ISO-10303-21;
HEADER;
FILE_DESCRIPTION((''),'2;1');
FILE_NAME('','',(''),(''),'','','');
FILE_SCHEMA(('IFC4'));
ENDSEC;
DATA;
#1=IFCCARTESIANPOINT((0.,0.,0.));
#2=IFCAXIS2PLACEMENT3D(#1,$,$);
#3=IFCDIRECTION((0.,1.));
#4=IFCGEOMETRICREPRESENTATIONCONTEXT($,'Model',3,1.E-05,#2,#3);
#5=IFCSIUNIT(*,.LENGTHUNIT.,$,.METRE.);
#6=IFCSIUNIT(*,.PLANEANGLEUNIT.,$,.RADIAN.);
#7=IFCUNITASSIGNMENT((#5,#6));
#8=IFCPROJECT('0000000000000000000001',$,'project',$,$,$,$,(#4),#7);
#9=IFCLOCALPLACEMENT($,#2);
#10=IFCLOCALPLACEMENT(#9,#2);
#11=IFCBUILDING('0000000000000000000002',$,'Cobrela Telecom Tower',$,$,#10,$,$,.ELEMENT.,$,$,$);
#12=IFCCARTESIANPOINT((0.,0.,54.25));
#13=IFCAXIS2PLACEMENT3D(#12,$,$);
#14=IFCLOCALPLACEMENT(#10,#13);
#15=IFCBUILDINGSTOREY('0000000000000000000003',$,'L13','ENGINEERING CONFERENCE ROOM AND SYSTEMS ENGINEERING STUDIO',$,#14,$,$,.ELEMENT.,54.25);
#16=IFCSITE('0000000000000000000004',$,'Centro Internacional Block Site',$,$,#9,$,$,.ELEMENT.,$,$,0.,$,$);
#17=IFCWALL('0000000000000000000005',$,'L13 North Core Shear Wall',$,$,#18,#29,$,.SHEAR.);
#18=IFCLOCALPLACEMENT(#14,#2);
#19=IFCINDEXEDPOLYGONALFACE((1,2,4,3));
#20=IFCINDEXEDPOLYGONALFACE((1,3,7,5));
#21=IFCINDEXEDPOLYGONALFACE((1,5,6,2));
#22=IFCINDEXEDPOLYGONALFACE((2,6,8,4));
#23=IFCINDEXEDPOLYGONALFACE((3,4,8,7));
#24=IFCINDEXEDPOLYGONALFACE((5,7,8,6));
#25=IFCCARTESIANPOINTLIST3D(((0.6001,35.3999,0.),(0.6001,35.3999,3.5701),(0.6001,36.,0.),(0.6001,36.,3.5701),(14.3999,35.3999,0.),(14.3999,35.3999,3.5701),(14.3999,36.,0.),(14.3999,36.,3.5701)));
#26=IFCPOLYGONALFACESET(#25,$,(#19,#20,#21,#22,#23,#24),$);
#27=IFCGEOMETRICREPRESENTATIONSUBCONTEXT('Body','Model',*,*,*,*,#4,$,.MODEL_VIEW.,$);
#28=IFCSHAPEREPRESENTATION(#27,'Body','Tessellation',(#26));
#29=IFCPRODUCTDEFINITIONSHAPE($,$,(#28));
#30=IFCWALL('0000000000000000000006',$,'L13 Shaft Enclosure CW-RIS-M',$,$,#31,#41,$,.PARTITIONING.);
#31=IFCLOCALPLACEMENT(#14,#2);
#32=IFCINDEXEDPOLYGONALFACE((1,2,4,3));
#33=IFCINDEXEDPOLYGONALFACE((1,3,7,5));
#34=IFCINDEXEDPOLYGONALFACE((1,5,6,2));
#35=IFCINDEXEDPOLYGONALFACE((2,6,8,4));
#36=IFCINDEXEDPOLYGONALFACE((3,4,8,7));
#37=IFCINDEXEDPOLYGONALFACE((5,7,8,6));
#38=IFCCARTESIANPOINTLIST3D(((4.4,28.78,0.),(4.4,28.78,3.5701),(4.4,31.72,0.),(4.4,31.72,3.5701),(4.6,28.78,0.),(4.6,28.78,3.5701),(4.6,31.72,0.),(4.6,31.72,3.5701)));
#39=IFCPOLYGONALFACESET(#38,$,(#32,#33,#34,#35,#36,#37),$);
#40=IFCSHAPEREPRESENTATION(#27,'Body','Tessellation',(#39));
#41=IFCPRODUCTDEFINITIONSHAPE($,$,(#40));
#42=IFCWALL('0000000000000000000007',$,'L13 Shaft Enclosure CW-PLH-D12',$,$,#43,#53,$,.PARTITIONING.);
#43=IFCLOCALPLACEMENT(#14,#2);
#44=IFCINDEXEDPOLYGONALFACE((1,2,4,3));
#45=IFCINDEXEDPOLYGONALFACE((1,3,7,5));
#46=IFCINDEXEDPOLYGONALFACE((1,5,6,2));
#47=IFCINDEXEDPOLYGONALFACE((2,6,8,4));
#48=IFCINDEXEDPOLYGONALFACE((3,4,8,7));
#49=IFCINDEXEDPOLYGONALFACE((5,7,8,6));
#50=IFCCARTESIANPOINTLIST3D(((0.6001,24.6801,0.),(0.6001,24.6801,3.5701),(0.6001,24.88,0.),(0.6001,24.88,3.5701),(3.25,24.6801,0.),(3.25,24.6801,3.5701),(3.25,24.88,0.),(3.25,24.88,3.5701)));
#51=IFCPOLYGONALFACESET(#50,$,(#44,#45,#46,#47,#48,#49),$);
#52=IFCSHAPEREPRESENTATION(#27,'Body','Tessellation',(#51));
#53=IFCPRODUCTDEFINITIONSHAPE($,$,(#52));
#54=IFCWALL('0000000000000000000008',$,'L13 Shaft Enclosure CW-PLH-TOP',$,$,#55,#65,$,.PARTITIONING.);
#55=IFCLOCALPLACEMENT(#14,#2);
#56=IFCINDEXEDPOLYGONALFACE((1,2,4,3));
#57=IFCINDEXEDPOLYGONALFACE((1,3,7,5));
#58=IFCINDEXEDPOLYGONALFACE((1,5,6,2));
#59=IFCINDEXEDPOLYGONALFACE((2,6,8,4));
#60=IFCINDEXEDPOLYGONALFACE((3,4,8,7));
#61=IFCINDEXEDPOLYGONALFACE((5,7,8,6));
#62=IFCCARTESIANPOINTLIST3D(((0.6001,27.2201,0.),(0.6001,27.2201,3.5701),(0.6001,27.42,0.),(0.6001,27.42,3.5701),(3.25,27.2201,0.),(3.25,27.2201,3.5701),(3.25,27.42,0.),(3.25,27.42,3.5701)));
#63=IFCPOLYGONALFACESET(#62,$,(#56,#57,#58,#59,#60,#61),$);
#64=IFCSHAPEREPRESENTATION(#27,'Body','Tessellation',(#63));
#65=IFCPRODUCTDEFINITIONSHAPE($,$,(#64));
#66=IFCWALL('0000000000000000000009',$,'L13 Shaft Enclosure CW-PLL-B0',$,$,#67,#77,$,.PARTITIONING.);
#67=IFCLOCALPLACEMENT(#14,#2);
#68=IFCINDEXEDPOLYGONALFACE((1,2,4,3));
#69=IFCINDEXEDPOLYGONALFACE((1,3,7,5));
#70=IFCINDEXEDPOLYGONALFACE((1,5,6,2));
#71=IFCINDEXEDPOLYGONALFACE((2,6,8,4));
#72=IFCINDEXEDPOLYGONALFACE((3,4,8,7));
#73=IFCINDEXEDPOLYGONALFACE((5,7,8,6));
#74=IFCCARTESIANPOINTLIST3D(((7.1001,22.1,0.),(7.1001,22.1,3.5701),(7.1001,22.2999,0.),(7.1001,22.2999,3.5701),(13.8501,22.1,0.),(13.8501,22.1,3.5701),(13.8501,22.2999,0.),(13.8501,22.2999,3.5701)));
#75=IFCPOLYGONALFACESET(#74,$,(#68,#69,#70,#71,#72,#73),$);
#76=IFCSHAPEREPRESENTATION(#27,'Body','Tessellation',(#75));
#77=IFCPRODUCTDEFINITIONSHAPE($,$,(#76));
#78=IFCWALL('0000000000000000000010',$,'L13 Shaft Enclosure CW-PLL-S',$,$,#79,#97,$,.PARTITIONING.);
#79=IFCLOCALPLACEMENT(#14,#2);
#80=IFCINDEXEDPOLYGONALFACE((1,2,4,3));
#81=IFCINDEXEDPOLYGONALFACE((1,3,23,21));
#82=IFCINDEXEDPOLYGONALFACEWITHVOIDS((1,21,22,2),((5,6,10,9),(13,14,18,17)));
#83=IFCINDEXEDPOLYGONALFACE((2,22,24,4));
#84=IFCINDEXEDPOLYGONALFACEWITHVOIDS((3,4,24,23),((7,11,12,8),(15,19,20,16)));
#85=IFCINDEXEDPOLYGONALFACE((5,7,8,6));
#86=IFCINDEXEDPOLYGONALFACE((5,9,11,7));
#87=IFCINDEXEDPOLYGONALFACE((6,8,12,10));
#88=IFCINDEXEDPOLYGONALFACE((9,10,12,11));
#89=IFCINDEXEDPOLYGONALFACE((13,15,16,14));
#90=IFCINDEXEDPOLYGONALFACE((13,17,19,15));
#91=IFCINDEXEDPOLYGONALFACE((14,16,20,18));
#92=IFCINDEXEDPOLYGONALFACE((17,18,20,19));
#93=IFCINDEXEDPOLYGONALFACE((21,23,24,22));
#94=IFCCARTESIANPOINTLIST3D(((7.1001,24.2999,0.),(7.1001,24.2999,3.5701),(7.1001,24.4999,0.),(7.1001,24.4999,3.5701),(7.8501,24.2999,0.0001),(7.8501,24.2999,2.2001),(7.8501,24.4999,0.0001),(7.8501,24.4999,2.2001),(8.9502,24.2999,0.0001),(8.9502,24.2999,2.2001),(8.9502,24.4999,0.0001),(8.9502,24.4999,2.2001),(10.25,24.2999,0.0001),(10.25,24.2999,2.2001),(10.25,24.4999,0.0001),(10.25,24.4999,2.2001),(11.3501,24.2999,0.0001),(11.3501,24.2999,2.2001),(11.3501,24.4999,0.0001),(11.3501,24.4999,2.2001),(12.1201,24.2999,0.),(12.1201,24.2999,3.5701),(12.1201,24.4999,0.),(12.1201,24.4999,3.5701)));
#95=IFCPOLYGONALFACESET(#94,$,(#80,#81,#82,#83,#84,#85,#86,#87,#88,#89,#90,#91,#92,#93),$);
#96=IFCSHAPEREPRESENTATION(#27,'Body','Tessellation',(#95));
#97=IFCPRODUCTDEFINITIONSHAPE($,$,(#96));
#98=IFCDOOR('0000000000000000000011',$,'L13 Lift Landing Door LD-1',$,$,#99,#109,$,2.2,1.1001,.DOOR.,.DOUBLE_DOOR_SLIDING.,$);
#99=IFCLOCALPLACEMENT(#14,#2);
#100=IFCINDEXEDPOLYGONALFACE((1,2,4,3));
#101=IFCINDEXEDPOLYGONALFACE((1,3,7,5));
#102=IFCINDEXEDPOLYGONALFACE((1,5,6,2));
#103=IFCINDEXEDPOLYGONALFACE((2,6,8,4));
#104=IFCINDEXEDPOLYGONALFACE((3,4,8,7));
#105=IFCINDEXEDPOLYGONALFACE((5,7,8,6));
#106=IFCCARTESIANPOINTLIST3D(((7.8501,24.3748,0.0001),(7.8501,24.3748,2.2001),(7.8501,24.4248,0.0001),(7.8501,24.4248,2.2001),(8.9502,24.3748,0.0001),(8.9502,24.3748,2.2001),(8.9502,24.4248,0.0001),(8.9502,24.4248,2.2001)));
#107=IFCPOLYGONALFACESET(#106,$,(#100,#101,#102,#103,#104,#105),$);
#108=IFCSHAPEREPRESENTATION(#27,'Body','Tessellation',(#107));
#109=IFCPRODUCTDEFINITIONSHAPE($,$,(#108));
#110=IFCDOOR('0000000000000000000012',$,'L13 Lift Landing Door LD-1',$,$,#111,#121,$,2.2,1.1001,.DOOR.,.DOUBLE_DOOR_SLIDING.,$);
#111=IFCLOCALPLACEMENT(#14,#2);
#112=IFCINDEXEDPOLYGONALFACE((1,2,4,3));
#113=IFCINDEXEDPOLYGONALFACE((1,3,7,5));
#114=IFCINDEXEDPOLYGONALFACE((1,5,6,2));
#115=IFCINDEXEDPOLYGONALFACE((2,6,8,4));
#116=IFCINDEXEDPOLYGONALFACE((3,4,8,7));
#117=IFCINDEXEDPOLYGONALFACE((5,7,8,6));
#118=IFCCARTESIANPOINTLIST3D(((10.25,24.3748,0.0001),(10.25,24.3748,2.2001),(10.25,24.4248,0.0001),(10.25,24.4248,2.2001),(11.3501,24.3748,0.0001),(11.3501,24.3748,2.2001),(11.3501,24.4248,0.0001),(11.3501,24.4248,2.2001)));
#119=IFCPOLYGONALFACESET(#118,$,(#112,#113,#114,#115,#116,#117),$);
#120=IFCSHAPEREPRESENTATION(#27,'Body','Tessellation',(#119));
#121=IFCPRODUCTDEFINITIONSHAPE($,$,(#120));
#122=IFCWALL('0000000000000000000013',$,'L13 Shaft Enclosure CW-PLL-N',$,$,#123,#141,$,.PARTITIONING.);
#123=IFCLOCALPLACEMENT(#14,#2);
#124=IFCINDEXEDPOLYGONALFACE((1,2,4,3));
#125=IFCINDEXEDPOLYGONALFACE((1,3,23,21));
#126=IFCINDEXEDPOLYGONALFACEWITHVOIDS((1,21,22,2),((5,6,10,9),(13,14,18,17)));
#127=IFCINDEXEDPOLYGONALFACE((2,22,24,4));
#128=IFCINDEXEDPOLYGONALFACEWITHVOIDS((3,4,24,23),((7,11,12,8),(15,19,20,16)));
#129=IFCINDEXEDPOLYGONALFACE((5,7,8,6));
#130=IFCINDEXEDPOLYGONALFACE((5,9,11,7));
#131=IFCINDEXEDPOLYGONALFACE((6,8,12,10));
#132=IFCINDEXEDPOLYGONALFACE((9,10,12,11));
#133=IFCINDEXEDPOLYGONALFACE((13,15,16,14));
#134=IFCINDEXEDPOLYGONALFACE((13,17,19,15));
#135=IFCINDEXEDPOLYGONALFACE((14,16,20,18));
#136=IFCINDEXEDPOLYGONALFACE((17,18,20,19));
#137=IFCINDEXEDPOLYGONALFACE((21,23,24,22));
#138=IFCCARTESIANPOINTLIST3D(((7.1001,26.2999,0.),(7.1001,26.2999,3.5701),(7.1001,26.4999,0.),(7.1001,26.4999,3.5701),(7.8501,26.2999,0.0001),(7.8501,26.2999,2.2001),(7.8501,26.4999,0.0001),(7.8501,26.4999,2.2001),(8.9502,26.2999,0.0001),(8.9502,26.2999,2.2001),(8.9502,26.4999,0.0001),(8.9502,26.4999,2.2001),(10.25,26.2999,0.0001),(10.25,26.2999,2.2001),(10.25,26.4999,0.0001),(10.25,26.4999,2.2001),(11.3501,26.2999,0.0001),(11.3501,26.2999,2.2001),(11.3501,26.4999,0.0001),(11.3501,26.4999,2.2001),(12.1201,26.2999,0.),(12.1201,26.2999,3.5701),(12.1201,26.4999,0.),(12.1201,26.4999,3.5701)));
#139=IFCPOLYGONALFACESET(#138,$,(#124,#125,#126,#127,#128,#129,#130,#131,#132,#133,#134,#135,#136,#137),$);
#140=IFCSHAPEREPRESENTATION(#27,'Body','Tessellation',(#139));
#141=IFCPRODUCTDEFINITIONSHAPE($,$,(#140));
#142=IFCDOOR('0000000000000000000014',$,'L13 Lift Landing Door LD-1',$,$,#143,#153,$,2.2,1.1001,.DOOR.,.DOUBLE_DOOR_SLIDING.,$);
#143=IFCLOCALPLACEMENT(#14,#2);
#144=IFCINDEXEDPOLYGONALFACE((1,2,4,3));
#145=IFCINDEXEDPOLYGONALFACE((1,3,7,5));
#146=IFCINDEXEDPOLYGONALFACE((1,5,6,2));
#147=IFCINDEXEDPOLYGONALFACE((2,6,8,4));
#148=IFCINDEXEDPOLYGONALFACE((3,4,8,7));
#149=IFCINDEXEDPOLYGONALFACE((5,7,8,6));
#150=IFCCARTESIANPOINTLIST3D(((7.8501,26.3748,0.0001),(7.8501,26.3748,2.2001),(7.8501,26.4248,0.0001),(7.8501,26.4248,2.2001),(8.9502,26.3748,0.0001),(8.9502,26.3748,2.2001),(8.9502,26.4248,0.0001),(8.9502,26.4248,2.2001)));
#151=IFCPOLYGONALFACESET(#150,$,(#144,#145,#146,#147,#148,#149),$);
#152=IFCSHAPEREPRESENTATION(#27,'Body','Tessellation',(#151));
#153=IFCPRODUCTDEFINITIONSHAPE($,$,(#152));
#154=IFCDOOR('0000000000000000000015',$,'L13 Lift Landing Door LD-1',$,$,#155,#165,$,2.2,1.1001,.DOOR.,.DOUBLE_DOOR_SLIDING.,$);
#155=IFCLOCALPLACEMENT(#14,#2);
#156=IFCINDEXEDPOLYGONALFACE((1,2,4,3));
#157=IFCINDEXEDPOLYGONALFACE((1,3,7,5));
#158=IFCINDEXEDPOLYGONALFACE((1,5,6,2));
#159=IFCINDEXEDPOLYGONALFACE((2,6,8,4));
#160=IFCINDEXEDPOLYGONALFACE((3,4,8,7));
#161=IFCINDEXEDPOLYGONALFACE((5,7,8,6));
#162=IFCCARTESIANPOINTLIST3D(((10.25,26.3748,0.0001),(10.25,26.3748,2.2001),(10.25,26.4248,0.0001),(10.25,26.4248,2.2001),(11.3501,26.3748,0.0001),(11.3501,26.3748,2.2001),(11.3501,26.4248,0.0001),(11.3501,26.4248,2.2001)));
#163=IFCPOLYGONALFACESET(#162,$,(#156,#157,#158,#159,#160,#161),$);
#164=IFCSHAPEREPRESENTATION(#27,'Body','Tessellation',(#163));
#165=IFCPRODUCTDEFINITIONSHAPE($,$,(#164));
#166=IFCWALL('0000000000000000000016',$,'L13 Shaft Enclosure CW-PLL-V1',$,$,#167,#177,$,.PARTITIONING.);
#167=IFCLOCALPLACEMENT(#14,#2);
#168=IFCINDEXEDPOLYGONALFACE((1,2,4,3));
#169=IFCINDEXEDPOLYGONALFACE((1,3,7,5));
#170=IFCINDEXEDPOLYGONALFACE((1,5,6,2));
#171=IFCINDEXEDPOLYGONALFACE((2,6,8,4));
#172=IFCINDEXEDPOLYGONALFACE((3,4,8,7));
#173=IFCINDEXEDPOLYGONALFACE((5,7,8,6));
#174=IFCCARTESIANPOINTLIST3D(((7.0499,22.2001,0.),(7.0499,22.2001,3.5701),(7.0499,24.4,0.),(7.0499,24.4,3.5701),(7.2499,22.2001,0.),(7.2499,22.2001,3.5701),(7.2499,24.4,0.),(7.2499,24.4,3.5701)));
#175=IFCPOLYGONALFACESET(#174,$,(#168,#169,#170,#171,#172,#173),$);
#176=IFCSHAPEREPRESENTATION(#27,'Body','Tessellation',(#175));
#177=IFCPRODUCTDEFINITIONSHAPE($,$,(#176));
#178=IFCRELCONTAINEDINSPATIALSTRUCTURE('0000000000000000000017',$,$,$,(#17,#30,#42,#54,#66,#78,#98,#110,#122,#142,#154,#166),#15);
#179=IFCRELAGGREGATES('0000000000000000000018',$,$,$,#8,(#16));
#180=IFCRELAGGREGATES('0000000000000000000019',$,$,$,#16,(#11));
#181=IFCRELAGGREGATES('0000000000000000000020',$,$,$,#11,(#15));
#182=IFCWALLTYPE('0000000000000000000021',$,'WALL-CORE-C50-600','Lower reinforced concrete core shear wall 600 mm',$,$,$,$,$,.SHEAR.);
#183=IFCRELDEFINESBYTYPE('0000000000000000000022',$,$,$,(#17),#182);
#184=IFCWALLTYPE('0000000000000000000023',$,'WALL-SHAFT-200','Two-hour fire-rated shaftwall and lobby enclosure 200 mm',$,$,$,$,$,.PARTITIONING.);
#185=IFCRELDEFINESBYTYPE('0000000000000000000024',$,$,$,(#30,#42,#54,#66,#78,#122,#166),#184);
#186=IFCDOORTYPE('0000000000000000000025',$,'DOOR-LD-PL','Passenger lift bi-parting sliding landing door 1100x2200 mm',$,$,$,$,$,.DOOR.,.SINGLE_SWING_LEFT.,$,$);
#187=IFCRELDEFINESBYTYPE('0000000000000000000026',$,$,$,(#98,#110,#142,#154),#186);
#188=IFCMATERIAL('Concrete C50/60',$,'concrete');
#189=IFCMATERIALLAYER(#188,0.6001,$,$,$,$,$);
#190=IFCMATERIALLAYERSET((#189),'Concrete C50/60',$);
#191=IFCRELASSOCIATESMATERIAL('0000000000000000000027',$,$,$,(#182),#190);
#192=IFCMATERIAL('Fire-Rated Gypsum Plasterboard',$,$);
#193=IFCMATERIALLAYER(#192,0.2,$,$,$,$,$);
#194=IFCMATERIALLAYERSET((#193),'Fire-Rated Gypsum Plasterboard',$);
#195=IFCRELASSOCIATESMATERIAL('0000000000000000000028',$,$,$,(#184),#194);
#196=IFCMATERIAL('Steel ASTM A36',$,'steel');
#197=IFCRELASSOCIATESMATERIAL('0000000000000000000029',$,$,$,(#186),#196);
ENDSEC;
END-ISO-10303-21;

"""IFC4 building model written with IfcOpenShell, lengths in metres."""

from ifc_helpers import new_model, si_unit, direction, frame, frame_2d, origin, place, context, subcontext, project, spatial, rectangle, extrude, material, layer, layer_set, type_object, element, fill, save


model = new_model("IFC4")

# Units and contexts
model_context = context("Model", 3, precision=1e-05, world=origin(), true_north=direction((0.0, 1.0)))
body_context = subcontext(model_context, "Body", "Model", "MODEL_VIEW")
ifc_project = project(units=[si_unit("LENGTHUNIT", "METRE"), si_unit("PLANEANGLEUNIT", "RADIAN")], contexts=[model_context])

# Site, building, storey
site_placement = place(None, origin())
site = spatial("IfcSite", under=ifc_project, at=site_placement, Name="Centro Internacional Block Site", CompositionType="ELEMENT", RefElevation=0.0)
building_placement = place(site_placement, origin())
building = spatial("IfcBuilding", under=site, at=building_placement, Name="Cobrela Telecom Tower", CompositionType="ELEMENT")
storey_placement = place(building_placement, frame((0.0, 0.0, 54.25)))
storey = spatial("IfcBuildingStorey", under=building, at=storey_placement, Name="L13", Description="ENGINEERING CONFERENCE ROOM AND SYSTEMS ENGINEERING STUDIO", CompositionType="ELEMENT", Elevation=54.25)

# Wall
ifc_material_1 = material(Name="Concrete C50/60", Category="concrete")
ifc_layer_1 = layer(ifc_material_1, 0.6001)
ifc_layer_set_1 = layer_set([ifc_layer_1], Name="Concrete C50/60")
wall_type_1 = type_object("IfcWallType", Name="WALL-CORE-C50-600", Description="Lower reinforced concrete core shear wall 600 mm", PredefinedType="SHEAR", material=ifc_layer_set_1)
wall_1_placement = place(storey_placement, frame((0.6001, 35.7, 0.0), z_axis=(0.0, 0.0, 1.0), x_axis=(1.0, 0.0, 0.0)))
element("IfcWall", 1, at=wall_1_placement, inside=storey, type_object=wall_type_1, Name="L13 North Core Shear Wall", PredefinedType="SHEAR", context=body_context, shape_type="SweptSolid", body=[
    extrude(rectangle(XDim=13.7998, YDim=0.6001, at=frame_2d((6.8999, 0.0))), origin(), (0.0, 0.0, 1.0), 3.5701),
])

# Shared definitions
ifc_material_2 = material(Name="Fire-Rated Gypsum Plasterboard")
ifc_layer_2 = layer(ifc_material_2, 0.2)
ifc_layer_set_2 = layer_set([ifc_layer_2], Name="Fire-Rated Gypsum Plasterboard")
wall_type_2 = type_object("IfcWallType", Name="WALL-SHAFT-200", Description="Two-hour fire-rated shaftwall and lobby enclosure 200 mm", PredefinedType="PARTITIONING", material=ifc_layer_set_2)
ifc_material_3 = material(Name="Steel ASTM A36", Category="steel")

# Walls
wall_2_placement = place(storey_placement, frame((4.5, 28.78, 0.0), z_axis=(0.0, 0.0, 1.0), x_axis=(0.0, 1.0, 0.0)))
element("IfcWall", 2, at=wall_2_placement, inside=storey, type_object=wall_type_2, Name="L13 Shaft Enclosure CW-RIS-M", PredefinedType="PARTITIONING", context=body_context, shape_type="SweptSolid", body=[
    extrude(rectangle(XDim=2.9399, YDim=0.2, at=frame_2d((1.47, 0.0))), origin(), (0.0, 0.0, 1.0), 3.5701),
])
for number, where, z_axis, x_axis, name in (
    (3, (0.6001, 24.78, 0.0), (0.0, 0.0, 1.0), (1.0, 0.0, 0.0), "L13 Shaft Enclosure CW-PLH-D12"),
    (4, (0.6001, 27.3201, 0.0), (0.0, 0.0, 1.0), (1.0, 0.0, 0.0), "L13 Shaft Enclosure CW-PLH-TOP"),
):
    element("IfcWall", number, at=place(storey_placement, frame(where, z_axis=z_axis, x_axis=x_axis)), inside=storey, type_object=wall_type_2, Name=name, PredefinedType="PARTITIONING", context=body_context, shape_type="SweptSolid", body=[
        extrude(rectangle(XDim=2.6499, YDim=0.2, at=frame_2d((1.325, 0.0))), origin(), (0.0, 0.0, 1.0), 3.5701),
    ])
wall_3_placement = place(storey_placement, frame((7.1001, 22.2, 0.0), z_axis=(0.0, 0.0, 1.0), x_axis=(1.0, 0.0, 0.0)))
element("IfcWall", 5, at=wall_3_placement, inside=storey, type_object=wall_type_2, Name="L13 Shaft Enclosure CW-PLL-B0", PredefinedType="PARTITIONING", context=body_context, shape_type="SweptSolid", body=[
    extrude(rectangle(XDim=6.75, YDim=0.2, at=frame_2d((3.375, 0.0))), origin(), (0.0, 0.0, 1.0), 3.5701),
])

# Walls, openings, doors
wall_4_placement = place(storey_placement, frame((7.1001, 24.3999, 0.0), z_axis=(0.0, 0.0, 1.0), x_axis=(1.0, 0.0, 0.0)))
wall_4 = element("IfcWall", 6, at=wall_4_placement, inside=storey, type_object=wall_type_2, Name="L13 Shaft Enclosure CW-PLL-S", PredefinedType="PARTITIONING", context=body_context, shape_type="SweptSolid", body=[
    extrude(rectangle(XDim=5.02, YDim=0.2, at=frame_2d((2.51, 0.0))), origin(), (0.0, 0.0, 1.0), 3.5701),
])
opening_1_placement = place(wall_4_placement, frame((0.75, 0.0, 0.0)))
opening_1 = element("IfcOpeningElement", 7, at=opening_1_placement, cuts=wall_4, PredefinedType="OPENING", context=body_context, shape_type="SweptSolid", body=[
    extrude(rectangle(XDim=1.1001, YDim=2.2, at=frame_2d((0.55, 1.1001))), frame((0.0, 0.1118, 0.0), z_axis=(0.0, -1.0, 0.0), x_axis=(1.0, 0.0, 0.0)), (0.0, 0.0, 1.0), 0.2239),
])
opening_2_placement = place(wall_4_placement, frame((3.1499, 0.0, 0.0)))
opening_2 = element("IfcOpeningElement", 8, at=opening_2_placement, cuts=wall_4, PredefinedType="OPENING", context=body_context, shape_type="SweptSolid", body=[
    extrude(rectangle(XDim=1.1001, YDim=2.2, at=frame_2d((0.55, 1.1001))), frame((0.0, 0.1118, 0.0), z_axis=(0.0, -1.0, 0.0), x_axis=(1.0, 0.0, 0.0)), (0.0, 0.0, 1.0), 0.2239),
])
door_type_1 = type_object("IfcDoorType", Name="DOOR-LD-PL", Description="Passenger lift bi-parting sliding landing door 1100x2200 mm", OperationType="SINGLE_SWING_LEFT", PredefinedType="DOOR", material=ifc_material_3)
door_1_placement = place(opening_1_placement, origin())
door_1 = element("IfcDoor", 9, at=door_1_placement, inside=storey, type_object=door_type_1, Name="L13 Lift Landing Door LD-1", OperationType="DOUBLE_DOOR_SLIDING", OverallHeight=2.2, OverallWidth=1.1001, PredefinedType="DOOR", context=body_context, shape_type="SweptSolid", body=[
    extrude(rectangle(XDim=1.1001, YDim=2.2, at=frame_2d((0.55, 1.1001))), frame((0.0, 0.0249, 0.0), z_axis=(0.0, -1.0, 0.0), x_axis=(1.0, 0.0, 0.0)), (0.0, 0.0, 1.0), 0.05),
])
fill(opening_1, door_1)
door_2_placement = place(opening_2_placement, origin())
door_2 = element("IfcDoor", 10, at=door_2_placement, inside=storey, type_object=door_type_1, Name="L13 Lift Landing Door LD-1", OperationType="DOUBLE_DOOR_SLIDING", OverallHeight=2.2, OverallWidth=1.1001, PredefinedType="DOOR", context=body_context, shape_type="SweptSolid", body=[
    extrude(rectangle(XDim=1.1001, YDim=2.2, at=frame_2d((0.55, 1.1001))), frame((0.0, 0.0249, 0.0), z_axis=(0.0, -1.0, 0.0), x_axis=(1.0, 0.0, 0.0)), (0.0, 0.0, 1.0), 0.05),
])
fill(opening_2, door_2)
wall_5_placement = place(storey_placement, frame((7.1001, 26.3999, 0.0), z_axis=(0.0, 0.0, 1.0), x_axis=(1.0, 0.0, 0.0)))
wall_5 = element("IfcWall", 11, at=wall_5_placement, inside=storey, type_object=wall_type_2, Name="L13 Shaft Enclosure CW-PLL-N", PredefinedType="PARTITIONING", context=body_context, shape_type="SweptSolid", body=[
    extrude(rectangle(XDim=5.02, YDim=0.2, at=frame_2d((2.51, 0.0))), origin(), (0.0, 0.0, 1.0), 3.5701),
])
opening_3_placement = place(wall_5_placement, frame((0.75, 0.0, 0.0)))
opening_3 = element("IfcOpeningElement", 12, at=opening_3_placement, cuts=wall_5, PredefinedType="OPENING", context=body_context, shape_type="SweptSolid", body=[
    extrude(rectangle(XDim=1.1001, YDim=2.2, at=frame_2d((0.55, 1.1001))), frame((0.0, 0.1118, 0.0), z_axis=(0.0, -1.0, 0.0), x_axis=(1.0, 0.0, 0.0)), (0.0, 0.0, 1.0), 0.2239),
])
opening_4_placement = place(wall_5_placement, frame((3.1499, 0.0, 0.0)))
opening_4 = element("IfcOpeningElement", 13, at=opening_4_placement, cuts=wall_5, PredefinedType="OPENING", context=body_context, shape_type="SweptSolid", body=[
    extrude(rectangle(XDim=1.1001, YDim=2.2, at=frame_2d((0.55, 1.1001))), frame((0.0, 0.1118, 0.0), z_axis=(0.0, -1.0, 0.0), x_axis=(1.0, 0.0, 0.0)), (0.0, 0.0, 1.0), 0.2239),
])
door_3_placement = place(opening_3_placement, origin())
door_3 = element("IfcDoor", 14, at=door_3_placement, inside=storey, type_object=door_type_1, Name="L13 Lift Landing Door LD-1", OperationType="DOUBLE_DOOR_SLIDING", OverallHeight=2.2, OverallWidth=1.1001, PredefinedType="DOOR", context=body_context, shape_type="SweptSolid", body=[
    extrude(rectangle(XDim=1.1001, YDim=2.2, at=frame_2d((0.55, 1.1001))), frame((0.0, 0.0249, 0.0), z_axis=(0.0, -1.0, 0.0), x_axis=(1.0, 0.0, 0.0)), (0.0, 0.0, 1.0), 0.05),
])
fill(opening_3, door_3)
door_4_placement = place(opening_4_placement, origin())
door_4 = element("IfcDoor", 15, at=door_4_placement, inside=storey, type_object=door_type_1, Name="L13 Lift Landing Door LD-1", OperationType="DOUBLE_DOOR_SLIDING", OverallHeight=2.2, OverallWidth=1.1001, PredefinedType="DOOR", context=body_context, shape_type="SweptSolid", body=[
    extrude(rectangle(XDim=1.1001, YDim=2.2, at=frame_2d((0.55, 1.1001))), frame((0.0, 0.0249, 0.0), z_axis=(0.0, -1.0, 0.0), x_axis=(1.0, 0.0, 0.0)), (0.0, 0.0, 1.0), 0.05),
])
fill(opening_4, door_4)

# Wall
wall_6_placement = place(storey_placement, frame((7.1499, 22.2, 0.0), z_axis=(0.0, 0.0, 1.0), x_axis=(0.0, 1.0, 0.0)))
element("IfcWall", 16, at=wall_6_placement, inside=storey, type_object=wall_type_2, Name="L13 Shaft Enclosure CW-PLL-V1", PredefinedType="PARTITIONING", context=body_context, shape_type="SweptSolid", body=[
    extrude(rectangle(XDim=2.2, YDim=0.2, at=frame_2d((1.1001, 0.0))), origin(), (0.0, 0.0, 1.0), 3.5701),
])

save(model, "model.ifc")
